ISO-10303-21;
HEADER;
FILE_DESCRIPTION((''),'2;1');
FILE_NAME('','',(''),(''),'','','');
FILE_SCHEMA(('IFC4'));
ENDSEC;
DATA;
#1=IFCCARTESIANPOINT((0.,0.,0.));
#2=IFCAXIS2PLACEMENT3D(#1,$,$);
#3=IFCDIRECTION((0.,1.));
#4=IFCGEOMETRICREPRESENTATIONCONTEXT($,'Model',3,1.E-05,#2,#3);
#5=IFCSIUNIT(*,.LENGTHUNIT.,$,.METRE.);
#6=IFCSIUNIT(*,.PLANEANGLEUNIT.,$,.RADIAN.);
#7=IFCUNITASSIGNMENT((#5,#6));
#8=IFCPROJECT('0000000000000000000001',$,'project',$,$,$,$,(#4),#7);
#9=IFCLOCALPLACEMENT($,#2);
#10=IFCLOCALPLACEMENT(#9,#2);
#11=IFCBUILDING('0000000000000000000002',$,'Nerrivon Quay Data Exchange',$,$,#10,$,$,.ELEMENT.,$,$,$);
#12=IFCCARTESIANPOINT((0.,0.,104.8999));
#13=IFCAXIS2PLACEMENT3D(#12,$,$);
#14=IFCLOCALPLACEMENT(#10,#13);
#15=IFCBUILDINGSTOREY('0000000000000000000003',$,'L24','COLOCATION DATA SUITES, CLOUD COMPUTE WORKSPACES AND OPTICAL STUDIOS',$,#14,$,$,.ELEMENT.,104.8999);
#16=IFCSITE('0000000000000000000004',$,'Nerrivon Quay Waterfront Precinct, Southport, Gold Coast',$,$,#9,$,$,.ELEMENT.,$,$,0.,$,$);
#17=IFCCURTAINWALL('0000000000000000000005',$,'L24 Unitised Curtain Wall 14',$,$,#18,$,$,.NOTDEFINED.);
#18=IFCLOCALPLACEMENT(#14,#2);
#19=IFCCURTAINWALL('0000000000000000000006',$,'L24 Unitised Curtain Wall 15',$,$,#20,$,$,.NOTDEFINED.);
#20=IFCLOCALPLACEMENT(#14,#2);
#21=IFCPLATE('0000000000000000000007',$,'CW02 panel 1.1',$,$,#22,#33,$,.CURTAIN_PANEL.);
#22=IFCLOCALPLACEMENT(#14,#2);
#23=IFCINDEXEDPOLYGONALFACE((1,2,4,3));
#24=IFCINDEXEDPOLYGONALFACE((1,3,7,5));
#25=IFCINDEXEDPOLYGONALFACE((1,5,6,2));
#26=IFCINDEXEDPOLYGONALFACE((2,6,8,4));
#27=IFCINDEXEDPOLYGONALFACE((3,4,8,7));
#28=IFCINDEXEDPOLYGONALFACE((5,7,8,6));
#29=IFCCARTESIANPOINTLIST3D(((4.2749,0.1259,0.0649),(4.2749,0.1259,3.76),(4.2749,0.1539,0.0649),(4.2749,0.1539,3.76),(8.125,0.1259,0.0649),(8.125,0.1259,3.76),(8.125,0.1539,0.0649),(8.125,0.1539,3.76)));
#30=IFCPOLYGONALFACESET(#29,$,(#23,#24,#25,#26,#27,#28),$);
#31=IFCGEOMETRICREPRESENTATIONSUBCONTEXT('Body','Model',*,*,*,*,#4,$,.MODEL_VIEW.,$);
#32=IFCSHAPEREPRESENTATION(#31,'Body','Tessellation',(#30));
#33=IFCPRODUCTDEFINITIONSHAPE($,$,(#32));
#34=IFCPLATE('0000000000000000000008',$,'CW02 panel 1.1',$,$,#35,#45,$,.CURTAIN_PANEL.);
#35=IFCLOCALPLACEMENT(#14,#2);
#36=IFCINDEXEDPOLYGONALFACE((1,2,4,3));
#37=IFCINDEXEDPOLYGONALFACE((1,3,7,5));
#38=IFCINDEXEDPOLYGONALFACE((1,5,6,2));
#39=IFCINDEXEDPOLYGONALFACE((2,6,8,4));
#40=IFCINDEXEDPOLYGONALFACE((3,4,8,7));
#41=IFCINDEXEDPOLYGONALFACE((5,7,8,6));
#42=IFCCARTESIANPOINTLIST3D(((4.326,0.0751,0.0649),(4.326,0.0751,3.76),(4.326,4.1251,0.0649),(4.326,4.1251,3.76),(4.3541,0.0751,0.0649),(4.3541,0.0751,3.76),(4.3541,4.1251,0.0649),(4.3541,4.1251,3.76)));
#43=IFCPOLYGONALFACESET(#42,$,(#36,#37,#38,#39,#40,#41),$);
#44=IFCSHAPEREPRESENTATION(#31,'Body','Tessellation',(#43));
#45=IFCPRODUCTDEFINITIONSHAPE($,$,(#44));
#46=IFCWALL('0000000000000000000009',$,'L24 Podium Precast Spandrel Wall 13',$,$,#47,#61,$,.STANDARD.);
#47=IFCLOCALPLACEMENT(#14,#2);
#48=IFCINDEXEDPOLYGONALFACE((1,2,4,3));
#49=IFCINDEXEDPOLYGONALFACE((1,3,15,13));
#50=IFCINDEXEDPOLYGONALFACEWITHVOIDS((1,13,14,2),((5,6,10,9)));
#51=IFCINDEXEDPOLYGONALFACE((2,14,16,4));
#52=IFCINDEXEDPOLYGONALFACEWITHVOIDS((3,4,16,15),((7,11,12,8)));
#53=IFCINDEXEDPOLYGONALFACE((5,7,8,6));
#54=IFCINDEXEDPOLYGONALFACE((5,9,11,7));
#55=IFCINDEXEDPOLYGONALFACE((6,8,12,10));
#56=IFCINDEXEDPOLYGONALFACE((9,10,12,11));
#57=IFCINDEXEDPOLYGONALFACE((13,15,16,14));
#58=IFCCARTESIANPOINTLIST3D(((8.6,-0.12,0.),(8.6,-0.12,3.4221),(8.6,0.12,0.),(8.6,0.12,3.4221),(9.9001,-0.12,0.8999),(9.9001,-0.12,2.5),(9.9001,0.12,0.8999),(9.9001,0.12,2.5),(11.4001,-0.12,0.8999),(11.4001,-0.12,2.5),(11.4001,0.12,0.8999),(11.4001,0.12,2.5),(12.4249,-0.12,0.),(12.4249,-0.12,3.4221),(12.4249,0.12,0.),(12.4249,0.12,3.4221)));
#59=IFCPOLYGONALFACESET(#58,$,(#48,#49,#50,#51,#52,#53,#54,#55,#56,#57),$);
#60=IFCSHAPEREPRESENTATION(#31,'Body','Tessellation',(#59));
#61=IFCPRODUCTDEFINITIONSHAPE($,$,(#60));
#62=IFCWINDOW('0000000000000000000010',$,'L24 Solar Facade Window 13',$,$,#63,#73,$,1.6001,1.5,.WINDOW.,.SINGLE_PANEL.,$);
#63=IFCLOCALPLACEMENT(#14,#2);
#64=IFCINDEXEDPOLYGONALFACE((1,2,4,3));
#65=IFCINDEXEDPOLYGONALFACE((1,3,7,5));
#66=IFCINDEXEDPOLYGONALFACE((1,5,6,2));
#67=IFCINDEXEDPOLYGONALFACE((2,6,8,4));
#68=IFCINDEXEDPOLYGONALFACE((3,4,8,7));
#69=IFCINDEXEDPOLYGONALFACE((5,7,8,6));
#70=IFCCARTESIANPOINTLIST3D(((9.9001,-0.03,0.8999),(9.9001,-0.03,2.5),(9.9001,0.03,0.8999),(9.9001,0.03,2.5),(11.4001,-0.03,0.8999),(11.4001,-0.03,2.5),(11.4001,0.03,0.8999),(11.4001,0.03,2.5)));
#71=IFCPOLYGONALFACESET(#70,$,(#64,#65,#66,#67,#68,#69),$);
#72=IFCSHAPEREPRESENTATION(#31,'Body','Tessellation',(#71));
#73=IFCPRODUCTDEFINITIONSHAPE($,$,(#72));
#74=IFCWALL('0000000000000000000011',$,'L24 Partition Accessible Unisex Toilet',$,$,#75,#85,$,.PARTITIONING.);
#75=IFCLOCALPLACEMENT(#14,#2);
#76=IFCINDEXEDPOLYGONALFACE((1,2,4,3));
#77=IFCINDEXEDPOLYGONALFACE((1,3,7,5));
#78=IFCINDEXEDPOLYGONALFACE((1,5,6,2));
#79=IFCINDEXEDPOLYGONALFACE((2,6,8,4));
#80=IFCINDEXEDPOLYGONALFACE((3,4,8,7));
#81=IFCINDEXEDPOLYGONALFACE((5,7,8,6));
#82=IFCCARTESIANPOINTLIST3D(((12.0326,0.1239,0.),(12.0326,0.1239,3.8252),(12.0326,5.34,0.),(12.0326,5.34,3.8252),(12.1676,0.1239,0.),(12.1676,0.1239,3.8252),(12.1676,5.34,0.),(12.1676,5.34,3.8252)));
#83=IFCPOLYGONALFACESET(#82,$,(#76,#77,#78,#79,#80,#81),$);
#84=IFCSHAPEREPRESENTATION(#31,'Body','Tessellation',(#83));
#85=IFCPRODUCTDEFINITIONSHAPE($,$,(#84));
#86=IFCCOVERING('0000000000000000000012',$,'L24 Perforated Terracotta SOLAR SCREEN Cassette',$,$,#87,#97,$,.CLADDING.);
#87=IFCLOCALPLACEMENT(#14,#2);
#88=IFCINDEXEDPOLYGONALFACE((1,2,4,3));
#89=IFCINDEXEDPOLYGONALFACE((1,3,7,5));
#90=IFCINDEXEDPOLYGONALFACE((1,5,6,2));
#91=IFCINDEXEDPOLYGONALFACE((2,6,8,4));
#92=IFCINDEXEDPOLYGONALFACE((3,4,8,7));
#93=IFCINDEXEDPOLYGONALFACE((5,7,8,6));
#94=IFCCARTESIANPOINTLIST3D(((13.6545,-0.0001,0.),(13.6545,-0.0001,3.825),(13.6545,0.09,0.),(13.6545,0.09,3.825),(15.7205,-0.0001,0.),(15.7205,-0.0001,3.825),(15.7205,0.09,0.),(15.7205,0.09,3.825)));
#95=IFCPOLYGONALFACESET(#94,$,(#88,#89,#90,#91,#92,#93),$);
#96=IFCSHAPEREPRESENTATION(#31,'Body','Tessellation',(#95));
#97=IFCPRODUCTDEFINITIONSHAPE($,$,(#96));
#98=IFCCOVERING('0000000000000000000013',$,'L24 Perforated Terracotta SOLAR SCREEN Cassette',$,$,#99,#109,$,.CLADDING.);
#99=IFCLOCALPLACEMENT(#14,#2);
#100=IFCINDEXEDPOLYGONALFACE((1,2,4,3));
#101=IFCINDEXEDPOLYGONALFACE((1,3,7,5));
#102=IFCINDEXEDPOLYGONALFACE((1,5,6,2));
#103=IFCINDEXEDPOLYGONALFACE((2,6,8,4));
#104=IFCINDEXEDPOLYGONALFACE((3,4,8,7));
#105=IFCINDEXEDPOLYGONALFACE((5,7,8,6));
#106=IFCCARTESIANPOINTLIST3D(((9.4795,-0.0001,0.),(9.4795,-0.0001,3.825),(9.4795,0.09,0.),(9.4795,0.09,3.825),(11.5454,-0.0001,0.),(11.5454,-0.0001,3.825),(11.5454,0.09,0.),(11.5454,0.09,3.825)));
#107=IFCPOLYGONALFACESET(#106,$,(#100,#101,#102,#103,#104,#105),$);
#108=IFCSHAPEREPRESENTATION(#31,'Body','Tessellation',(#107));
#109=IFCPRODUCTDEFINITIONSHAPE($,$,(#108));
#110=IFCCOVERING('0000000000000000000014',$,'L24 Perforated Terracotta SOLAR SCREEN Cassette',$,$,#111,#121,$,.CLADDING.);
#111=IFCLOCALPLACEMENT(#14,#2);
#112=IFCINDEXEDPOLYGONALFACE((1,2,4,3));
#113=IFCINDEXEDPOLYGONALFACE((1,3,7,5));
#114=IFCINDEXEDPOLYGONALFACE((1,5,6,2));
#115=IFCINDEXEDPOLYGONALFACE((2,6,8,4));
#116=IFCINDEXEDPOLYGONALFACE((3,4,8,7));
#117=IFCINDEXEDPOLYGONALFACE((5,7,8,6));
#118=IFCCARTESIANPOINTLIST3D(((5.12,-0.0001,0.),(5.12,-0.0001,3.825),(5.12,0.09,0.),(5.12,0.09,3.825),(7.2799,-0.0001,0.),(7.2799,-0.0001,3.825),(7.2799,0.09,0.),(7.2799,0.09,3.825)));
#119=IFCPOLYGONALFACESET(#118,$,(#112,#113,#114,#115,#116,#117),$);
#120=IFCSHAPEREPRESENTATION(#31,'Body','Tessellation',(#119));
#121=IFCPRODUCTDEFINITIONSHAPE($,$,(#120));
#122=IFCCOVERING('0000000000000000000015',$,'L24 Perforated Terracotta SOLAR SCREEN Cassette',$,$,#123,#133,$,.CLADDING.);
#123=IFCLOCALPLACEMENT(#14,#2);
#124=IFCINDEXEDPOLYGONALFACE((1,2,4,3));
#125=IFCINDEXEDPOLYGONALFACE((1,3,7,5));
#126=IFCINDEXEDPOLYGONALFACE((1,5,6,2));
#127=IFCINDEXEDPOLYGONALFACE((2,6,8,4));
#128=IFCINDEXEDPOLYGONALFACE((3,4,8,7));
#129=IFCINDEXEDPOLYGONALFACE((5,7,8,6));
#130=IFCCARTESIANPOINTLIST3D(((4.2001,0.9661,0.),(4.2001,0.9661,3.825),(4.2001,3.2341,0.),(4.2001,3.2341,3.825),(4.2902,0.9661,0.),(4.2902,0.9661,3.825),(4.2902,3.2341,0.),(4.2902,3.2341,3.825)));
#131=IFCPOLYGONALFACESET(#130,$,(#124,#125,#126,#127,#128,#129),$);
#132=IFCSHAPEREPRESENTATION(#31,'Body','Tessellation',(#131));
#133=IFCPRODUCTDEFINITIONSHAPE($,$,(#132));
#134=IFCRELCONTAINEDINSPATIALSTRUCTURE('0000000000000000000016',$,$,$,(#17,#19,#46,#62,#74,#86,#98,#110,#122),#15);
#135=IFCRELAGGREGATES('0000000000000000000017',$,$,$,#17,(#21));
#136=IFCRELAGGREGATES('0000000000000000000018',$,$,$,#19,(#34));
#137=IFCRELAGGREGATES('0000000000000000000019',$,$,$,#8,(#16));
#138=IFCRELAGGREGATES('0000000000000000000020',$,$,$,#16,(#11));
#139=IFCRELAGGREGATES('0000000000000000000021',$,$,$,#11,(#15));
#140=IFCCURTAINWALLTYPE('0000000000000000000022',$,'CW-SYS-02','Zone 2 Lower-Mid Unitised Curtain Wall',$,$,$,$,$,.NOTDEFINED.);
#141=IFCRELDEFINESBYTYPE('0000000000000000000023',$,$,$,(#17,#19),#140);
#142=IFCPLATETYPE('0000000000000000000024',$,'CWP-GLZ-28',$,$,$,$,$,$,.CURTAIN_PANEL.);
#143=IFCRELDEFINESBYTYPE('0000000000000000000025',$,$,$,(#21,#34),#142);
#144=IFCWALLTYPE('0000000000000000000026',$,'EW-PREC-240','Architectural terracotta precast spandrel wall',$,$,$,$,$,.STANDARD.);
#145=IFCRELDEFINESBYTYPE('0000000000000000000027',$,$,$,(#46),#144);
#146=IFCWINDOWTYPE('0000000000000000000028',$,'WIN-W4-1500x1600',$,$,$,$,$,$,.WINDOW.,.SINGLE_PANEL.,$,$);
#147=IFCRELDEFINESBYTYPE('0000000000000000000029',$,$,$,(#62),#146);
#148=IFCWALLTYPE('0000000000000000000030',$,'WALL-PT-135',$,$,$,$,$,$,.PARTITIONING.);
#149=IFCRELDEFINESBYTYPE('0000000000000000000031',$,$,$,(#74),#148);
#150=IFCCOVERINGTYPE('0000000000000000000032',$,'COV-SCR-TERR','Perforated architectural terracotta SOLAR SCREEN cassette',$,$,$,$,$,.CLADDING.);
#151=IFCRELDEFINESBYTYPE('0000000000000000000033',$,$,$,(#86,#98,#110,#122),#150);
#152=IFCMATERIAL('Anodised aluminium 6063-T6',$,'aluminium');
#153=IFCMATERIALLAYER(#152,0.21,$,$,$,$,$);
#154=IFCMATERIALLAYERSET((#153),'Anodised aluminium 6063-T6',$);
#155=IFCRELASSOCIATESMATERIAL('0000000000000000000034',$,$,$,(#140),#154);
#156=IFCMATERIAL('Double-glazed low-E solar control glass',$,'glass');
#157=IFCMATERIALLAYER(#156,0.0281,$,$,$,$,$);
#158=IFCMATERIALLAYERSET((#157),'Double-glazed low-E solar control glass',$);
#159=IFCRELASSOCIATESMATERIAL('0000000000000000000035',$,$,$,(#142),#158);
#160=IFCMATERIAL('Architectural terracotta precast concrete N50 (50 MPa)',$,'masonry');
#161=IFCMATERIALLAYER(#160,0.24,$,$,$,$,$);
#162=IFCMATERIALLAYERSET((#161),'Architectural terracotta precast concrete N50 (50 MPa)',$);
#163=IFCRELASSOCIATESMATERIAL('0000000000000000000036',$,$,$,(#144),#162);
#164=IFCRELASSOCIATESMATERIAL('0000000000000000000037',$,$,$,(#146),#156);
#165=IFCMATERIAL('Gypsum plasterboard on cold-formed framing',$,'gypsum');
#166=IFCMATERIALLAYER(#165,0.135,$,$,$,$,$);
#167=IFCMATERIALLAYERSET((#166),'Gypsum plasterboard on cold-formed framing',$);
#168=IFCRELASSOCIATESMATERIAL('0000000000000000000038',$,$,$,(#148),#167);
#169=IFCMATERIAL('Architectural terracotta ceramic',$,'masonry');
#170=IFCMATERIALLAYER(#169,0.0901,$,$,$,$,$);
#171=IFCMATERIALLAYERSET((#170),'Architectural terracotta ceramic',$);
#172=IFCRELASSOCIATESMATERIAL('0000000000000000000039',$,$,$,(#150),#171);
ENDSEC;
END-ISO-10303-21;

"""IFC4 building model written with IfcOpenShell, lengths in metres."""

from ifc_helpers import new_model, si_unit, direction, frame, frame_2d, origin, origin_2d, place, context, subcontext, project, spatial, rectangle, extrude, material, layer, layer_set, type_object, element, fill, aggregate, save


model = new_model("IFC4")

# Units and contexts
model_context = context("Model", 3, precision=1e-05, world=origin(), true_north=direction((0.0, 1.0)))
body_context = subcontext(model_context, "Body", "Model", "MODEL_VIEW")
ifc_project = project(units=[si_unit("LENGTHUNIT", "METRE"), si_unit("PLANEANGLEUNIT", "RADIAN")], contexts=[model_context])

# Site, building, storey
site_placement = place(None, origin())
site = spatial("IfcSite", under=ifc_project, at=site_placement, Name="Nerrivon Quay Waterfront Precinct, Southport, Gold Coast", CompositionType="ELEMENT", RefElevation=0.0)
building_placement = place(site_placement, origin())
building = spatial("IfcBuilding", under=site, at=building_placement, Name="Nerrivon Quay Data Exchange", CompositionType="ELEMENT")
storey_placement = place(building_placement, frame((0.0, 0.0, 104.8999)))
storey = spatial("IfcBuildingStorey", under=building, at=storey_placement, Name="L24", Description="COLOCATION DATA SUITES, CLOUD COMPUTE WORKSPACES AND OPTICAL STUDIOS", CompositionType="ELEMENT", Elevation=104.8999)

# Curtain walls
ifc_material_1 = material(Name="Anodised aluminium 6063-T6", Category="aluminium")
ifc_layer_1 = layer(ifc_material_1, 0.21)
ifc_layer_set_1 = layer_set([ifc_layer_1], Name="Anodised aluminium 6063-T6")
curtain_wall_type = type_object("IfcCurtainWallType", Name="CW-SYS-02", Description="Zone 2 Lower-Mid Unitised Curtain Wall", PredefinedType="NOTDEFINED", material=ifc_layer_set_1)
curtain_wall_1_placement = place(storey_placement, origin())
curtain_wall_1 = element("IfcCurtainWall", 1, at=curtain_wall_1_placement, inside=storey, type_object=curtain_wall_type, Name="L24 Unitised Curtain Wall 14", PredefinedType="NOTDEFINED")
curtain_wall_2_placement = place(storey_placement, origin())
curtain_wall_2 = element("IfcCurtainWall", 2, at=curtain_wall_2_placement, inside=storey, type_object=curtain_wall_type, Name="L24 Unitised Curtain Wall 15", PredefinedType="NOTDEFINED")

# Plates
ifc_material_2 = material(Name="Double-glazed low-E solar control glass", Category="glass")
ifc_layer_2 = layer(ifc_material_2, 0.0281)
ifc_layer_set_2 = layer_set([ifc_layer_2], Name="Double-glazed low-E solar control glass")
plate_type = type_object("IfcPlateType", Name="CWP-GLZ-28", PredefinedType="CURTAIN_PANEL", material=ifc_layer_set_2)
plate_1_placement = place(storey_placement, frame((6.2, 0.1399, 0.0649), z_axis=(0.0, 0.0, 1.0), x_axis=(-1.0, 0.0, 0.0)))
plate_1 = element("IfcPlate", 3, at=plate_1_placement, type_object=plate_type, Name="CW02 panel 1.1", PredefinedType="CURTAIN_PANEL", context=body_context, shape_type="SweptSolid", body=[
    extrude(rectangle(XDim=3.8501, YDim=0.0281, at=origin_2d()), origin(), (0.0, 0.0, 1.0), 3.6951),
])
aggregate(curtain_wall_1, [plate_1])
plate_2_placement = place(storey_placement, frame((4.3401, 2.1001, 0.0649), z_axis=(0.0, 0.0, 1.0), x_axis=(0.0, 1.0, 0.0)))
plate_2 = element("IfcPlate", 4, at=plate_2_placement, type_object=plate_type, Name="CW02 panel 1.1", PredefinedType="CURTAIN_PANEL", context=body_context, shape_type="SweptSolid", body=[
    extrude(rectangle(XDim=4.05, YDim=0.0281, at=origin_2d()), origin(), (0.0, 0.0, 1.0), 3.6951),
])
aggregate(curtain_wall_2, [plate_2])

# Wall, opening, window
ifc_material_3 = material(Name="Architectural terracotta precast concrete N50 (50 MPa)", Category="masonry")
ifc_layer_3 = layer(ifc_material_3, 0.24)
ifc_layer_set_3 = layer_set([ifc_layer_3], Name="Architectural terracotta precast concrete N50 (50 MPa)")
wall_type_1 = type_object("IfcWallType", Name="EW-PREC-240", Description="Architectural terracotta precast spandrel wall", PredefinedType="STANDARD", material=ifc_layer_set_3)
wall_1_placement = place(storey_placement, frame((12.425, 0.0, 0.0), z_axis=(0.0, 0.0, 1.0), x_axis=(-1.0, 0.0, 0.0)))
wall_1 = element("IfcWall", 5, at=wall_1_placement, inside=storey, type_object=wall_type_1, Name="L24 Podium Precast Spandrel Wall 13", PredefinedType="STANDARD", context=body_context, shape_type="SweptSolid", body=[
    extrude(rectangle(XDim=3.825, YDim=0.24, at=frame_2d((1.9126, 0.0))), origin(), (0.0, 0.0, 1.0), 3.4221),
])
opening_placement = place(wall_1_placement, frame((1.0249, 0.0, 0.8999)))
opening = element("IfcOpeningElement", 6, at=opening_placement, cuts=wall_1, PredefinedType="OPENING", context=body_context, shape_type="SweptSolid", body=[
    extrude(rectangle(XDim=1.5, YDim=1.6001, at=frame_2d((0.75, 0.8))), frame((0.0, 0.1299, 0.0), z_axis=(0.0, -1.0, 0.0), x_axis=(1.0, 0.0, 0.0)), (0.0, 0.0, 1.0), 0.26),
])
window_type = type_object("IfcWindowType", Name="WIN-W4-1500x1600", PartitioningType="SINGLE_PANEL", PredefinedType="WINDOW", material=ifc_material_2)
window_placement = place(opening_placement, origin())
window = element("IfcWindow", 7, at=window_placement, inside=storey, type_object=window_type, Name="L24 Solar Facade Window 13", OverallHeight=1.6001, OverallWidth=1.5, PartitioningType="SINGLE_PANEL", PredefinedType="WINDOW", context=body_context, shape_type="SweptSolid", body=[
    extrude(rectangle(XDim=1.5, YDim=1.6001, at=frame_2d((0.75, 0.8))), frame((0.0, 0.03, 0.0), z_axis=(0.0, -1.0, 0.0), x_axis=(1.0, 0.0, 0.0)), (0.0, 0.0, 1.0), 0.0601),
])
fill(opening, window)

# Wall
ifc_material_4 = material(Name="Gypsum plasterboard on cold-formed framing", Category="gypsum")
ifc_layer_4 = layer(ifc_material_4, 0.135)
ifc_layer_set_4 = layer_set([ifc_layer_4], Name="Gypsum plasterboard on cold-formed framing")
wall_type_2 = type_object("IfcWallType", Name="WALL-PT-135", PredefinedType="PARTITIONING", material=ifc_layer_set_4)
wall_2_placement = place(storey_placement, frame((12.1001, 0.124, 0.0), z_axis=(0.0, 0.0, 1.0), x_axis=(0.0, 1.0, 0.0)))
element("IfcWall", 8, at=wall_2_placement, inside=storey, type_object=wall_type_2, Name="L24 Partition Accessible Unisex Toilet", PredefinedType="PARTITIONING", context=body_context, shape_type="SweptSolid", body=[
    extrude(rectangle(XDim=5.2161, YDim=0.135, at=frame_2d((2.6079, 0.0))), origin(), (0.0, 0.0, 1.0), 3.8252),
])

# Coverings
ifc_material_5 = material(Name="Architectural terracotta ceramic", Category="masonry")
ifc_layer_5 = layer(ifc_material_5, 0.0901)
ifc_layer_set_5 = layer_set([ifc_layer_5], Name="Architectural terracotta ceramic")
covering_type = type_object("IfcCoveringType", Name="COV-SCR-TERR", Description="Perforated architectural terracotta SOLAR SCREEN cassette", PredefinedType="CLADDING", material=ifc_layer_set_5)
for number, where, z_axis, x_axis, name in (
    (9, (14.6875, 0.0449, 0.0), (0.0, 0.0, 1.0), (-1.0, 0.0, 0.0), "L24 Perforated Terracotta SOLAR SCREEN Cassette"),
    (10, (10.5125, 0.0449, 0.0), (0.0, 0.0, 1.0), (-1.0, 0.0, 0.0), "L24 Perforated Terracotta SOLAR SCREEN Cassette"),
):
    element("IfcCovering", number, at=place(storey_placement, frame(where, z_axis=z_axis, x_axis=x_axis)), inside=storey, type_object=covering_type, Name=name, PredefinedType="CLADDING", context=body_context, shape_type="SweptSolid", body=[
        extrude(rectangle(XDim=2.0659, YDim=0.0901, at=origin_2d()), origin(), (0.0, 0.0, 1.0), 3.825),
    ])
covering_1_placement = place(storey_placement, frame((6.2, 0.0449, 0.0), z_axis=(0.0, 0.0, 1.0), x_axis=(-1.0, 0.0, 0.0)))
element("IfcCovering", 11, at=covering_1_placement, inside=storey, type_object=covering_type, Name="L24 Perforated Terracotta SOLAR SCREEN Cassette", PredefinedType="CLADDING", context=body_context, shape_type="SweptSolid", body=[
    extrude(rectangle(XDim=2.1599, YDim=0.0901, at=origin_2d()), origin(), (0.0, 0.0, 1.0), 3.825),
])
covering_2_placement = place(storey_placement, frame((4.2451, 2.1001, 0.0), z_axis=(0.0, 0.0, 1.0), x_axis=(0.0, 1.0, 0.0)))
element("IfcCovering", 12, at=covering_2_placement, inside=storey, type_object=covering_type, Name="L24 Perforated Terracotta SOLAR SCREEN Cassette", PredefinedType="CLADDING", context=body_context, shape_type="SweptSolid", body=[
    extrude(rectangle(XDim=2.2681, YDim=0.0901, at=origin_2d()), origin(), (0.0, 0.0, 1.0), 3.825),
])

save(model, "model.ifc")
